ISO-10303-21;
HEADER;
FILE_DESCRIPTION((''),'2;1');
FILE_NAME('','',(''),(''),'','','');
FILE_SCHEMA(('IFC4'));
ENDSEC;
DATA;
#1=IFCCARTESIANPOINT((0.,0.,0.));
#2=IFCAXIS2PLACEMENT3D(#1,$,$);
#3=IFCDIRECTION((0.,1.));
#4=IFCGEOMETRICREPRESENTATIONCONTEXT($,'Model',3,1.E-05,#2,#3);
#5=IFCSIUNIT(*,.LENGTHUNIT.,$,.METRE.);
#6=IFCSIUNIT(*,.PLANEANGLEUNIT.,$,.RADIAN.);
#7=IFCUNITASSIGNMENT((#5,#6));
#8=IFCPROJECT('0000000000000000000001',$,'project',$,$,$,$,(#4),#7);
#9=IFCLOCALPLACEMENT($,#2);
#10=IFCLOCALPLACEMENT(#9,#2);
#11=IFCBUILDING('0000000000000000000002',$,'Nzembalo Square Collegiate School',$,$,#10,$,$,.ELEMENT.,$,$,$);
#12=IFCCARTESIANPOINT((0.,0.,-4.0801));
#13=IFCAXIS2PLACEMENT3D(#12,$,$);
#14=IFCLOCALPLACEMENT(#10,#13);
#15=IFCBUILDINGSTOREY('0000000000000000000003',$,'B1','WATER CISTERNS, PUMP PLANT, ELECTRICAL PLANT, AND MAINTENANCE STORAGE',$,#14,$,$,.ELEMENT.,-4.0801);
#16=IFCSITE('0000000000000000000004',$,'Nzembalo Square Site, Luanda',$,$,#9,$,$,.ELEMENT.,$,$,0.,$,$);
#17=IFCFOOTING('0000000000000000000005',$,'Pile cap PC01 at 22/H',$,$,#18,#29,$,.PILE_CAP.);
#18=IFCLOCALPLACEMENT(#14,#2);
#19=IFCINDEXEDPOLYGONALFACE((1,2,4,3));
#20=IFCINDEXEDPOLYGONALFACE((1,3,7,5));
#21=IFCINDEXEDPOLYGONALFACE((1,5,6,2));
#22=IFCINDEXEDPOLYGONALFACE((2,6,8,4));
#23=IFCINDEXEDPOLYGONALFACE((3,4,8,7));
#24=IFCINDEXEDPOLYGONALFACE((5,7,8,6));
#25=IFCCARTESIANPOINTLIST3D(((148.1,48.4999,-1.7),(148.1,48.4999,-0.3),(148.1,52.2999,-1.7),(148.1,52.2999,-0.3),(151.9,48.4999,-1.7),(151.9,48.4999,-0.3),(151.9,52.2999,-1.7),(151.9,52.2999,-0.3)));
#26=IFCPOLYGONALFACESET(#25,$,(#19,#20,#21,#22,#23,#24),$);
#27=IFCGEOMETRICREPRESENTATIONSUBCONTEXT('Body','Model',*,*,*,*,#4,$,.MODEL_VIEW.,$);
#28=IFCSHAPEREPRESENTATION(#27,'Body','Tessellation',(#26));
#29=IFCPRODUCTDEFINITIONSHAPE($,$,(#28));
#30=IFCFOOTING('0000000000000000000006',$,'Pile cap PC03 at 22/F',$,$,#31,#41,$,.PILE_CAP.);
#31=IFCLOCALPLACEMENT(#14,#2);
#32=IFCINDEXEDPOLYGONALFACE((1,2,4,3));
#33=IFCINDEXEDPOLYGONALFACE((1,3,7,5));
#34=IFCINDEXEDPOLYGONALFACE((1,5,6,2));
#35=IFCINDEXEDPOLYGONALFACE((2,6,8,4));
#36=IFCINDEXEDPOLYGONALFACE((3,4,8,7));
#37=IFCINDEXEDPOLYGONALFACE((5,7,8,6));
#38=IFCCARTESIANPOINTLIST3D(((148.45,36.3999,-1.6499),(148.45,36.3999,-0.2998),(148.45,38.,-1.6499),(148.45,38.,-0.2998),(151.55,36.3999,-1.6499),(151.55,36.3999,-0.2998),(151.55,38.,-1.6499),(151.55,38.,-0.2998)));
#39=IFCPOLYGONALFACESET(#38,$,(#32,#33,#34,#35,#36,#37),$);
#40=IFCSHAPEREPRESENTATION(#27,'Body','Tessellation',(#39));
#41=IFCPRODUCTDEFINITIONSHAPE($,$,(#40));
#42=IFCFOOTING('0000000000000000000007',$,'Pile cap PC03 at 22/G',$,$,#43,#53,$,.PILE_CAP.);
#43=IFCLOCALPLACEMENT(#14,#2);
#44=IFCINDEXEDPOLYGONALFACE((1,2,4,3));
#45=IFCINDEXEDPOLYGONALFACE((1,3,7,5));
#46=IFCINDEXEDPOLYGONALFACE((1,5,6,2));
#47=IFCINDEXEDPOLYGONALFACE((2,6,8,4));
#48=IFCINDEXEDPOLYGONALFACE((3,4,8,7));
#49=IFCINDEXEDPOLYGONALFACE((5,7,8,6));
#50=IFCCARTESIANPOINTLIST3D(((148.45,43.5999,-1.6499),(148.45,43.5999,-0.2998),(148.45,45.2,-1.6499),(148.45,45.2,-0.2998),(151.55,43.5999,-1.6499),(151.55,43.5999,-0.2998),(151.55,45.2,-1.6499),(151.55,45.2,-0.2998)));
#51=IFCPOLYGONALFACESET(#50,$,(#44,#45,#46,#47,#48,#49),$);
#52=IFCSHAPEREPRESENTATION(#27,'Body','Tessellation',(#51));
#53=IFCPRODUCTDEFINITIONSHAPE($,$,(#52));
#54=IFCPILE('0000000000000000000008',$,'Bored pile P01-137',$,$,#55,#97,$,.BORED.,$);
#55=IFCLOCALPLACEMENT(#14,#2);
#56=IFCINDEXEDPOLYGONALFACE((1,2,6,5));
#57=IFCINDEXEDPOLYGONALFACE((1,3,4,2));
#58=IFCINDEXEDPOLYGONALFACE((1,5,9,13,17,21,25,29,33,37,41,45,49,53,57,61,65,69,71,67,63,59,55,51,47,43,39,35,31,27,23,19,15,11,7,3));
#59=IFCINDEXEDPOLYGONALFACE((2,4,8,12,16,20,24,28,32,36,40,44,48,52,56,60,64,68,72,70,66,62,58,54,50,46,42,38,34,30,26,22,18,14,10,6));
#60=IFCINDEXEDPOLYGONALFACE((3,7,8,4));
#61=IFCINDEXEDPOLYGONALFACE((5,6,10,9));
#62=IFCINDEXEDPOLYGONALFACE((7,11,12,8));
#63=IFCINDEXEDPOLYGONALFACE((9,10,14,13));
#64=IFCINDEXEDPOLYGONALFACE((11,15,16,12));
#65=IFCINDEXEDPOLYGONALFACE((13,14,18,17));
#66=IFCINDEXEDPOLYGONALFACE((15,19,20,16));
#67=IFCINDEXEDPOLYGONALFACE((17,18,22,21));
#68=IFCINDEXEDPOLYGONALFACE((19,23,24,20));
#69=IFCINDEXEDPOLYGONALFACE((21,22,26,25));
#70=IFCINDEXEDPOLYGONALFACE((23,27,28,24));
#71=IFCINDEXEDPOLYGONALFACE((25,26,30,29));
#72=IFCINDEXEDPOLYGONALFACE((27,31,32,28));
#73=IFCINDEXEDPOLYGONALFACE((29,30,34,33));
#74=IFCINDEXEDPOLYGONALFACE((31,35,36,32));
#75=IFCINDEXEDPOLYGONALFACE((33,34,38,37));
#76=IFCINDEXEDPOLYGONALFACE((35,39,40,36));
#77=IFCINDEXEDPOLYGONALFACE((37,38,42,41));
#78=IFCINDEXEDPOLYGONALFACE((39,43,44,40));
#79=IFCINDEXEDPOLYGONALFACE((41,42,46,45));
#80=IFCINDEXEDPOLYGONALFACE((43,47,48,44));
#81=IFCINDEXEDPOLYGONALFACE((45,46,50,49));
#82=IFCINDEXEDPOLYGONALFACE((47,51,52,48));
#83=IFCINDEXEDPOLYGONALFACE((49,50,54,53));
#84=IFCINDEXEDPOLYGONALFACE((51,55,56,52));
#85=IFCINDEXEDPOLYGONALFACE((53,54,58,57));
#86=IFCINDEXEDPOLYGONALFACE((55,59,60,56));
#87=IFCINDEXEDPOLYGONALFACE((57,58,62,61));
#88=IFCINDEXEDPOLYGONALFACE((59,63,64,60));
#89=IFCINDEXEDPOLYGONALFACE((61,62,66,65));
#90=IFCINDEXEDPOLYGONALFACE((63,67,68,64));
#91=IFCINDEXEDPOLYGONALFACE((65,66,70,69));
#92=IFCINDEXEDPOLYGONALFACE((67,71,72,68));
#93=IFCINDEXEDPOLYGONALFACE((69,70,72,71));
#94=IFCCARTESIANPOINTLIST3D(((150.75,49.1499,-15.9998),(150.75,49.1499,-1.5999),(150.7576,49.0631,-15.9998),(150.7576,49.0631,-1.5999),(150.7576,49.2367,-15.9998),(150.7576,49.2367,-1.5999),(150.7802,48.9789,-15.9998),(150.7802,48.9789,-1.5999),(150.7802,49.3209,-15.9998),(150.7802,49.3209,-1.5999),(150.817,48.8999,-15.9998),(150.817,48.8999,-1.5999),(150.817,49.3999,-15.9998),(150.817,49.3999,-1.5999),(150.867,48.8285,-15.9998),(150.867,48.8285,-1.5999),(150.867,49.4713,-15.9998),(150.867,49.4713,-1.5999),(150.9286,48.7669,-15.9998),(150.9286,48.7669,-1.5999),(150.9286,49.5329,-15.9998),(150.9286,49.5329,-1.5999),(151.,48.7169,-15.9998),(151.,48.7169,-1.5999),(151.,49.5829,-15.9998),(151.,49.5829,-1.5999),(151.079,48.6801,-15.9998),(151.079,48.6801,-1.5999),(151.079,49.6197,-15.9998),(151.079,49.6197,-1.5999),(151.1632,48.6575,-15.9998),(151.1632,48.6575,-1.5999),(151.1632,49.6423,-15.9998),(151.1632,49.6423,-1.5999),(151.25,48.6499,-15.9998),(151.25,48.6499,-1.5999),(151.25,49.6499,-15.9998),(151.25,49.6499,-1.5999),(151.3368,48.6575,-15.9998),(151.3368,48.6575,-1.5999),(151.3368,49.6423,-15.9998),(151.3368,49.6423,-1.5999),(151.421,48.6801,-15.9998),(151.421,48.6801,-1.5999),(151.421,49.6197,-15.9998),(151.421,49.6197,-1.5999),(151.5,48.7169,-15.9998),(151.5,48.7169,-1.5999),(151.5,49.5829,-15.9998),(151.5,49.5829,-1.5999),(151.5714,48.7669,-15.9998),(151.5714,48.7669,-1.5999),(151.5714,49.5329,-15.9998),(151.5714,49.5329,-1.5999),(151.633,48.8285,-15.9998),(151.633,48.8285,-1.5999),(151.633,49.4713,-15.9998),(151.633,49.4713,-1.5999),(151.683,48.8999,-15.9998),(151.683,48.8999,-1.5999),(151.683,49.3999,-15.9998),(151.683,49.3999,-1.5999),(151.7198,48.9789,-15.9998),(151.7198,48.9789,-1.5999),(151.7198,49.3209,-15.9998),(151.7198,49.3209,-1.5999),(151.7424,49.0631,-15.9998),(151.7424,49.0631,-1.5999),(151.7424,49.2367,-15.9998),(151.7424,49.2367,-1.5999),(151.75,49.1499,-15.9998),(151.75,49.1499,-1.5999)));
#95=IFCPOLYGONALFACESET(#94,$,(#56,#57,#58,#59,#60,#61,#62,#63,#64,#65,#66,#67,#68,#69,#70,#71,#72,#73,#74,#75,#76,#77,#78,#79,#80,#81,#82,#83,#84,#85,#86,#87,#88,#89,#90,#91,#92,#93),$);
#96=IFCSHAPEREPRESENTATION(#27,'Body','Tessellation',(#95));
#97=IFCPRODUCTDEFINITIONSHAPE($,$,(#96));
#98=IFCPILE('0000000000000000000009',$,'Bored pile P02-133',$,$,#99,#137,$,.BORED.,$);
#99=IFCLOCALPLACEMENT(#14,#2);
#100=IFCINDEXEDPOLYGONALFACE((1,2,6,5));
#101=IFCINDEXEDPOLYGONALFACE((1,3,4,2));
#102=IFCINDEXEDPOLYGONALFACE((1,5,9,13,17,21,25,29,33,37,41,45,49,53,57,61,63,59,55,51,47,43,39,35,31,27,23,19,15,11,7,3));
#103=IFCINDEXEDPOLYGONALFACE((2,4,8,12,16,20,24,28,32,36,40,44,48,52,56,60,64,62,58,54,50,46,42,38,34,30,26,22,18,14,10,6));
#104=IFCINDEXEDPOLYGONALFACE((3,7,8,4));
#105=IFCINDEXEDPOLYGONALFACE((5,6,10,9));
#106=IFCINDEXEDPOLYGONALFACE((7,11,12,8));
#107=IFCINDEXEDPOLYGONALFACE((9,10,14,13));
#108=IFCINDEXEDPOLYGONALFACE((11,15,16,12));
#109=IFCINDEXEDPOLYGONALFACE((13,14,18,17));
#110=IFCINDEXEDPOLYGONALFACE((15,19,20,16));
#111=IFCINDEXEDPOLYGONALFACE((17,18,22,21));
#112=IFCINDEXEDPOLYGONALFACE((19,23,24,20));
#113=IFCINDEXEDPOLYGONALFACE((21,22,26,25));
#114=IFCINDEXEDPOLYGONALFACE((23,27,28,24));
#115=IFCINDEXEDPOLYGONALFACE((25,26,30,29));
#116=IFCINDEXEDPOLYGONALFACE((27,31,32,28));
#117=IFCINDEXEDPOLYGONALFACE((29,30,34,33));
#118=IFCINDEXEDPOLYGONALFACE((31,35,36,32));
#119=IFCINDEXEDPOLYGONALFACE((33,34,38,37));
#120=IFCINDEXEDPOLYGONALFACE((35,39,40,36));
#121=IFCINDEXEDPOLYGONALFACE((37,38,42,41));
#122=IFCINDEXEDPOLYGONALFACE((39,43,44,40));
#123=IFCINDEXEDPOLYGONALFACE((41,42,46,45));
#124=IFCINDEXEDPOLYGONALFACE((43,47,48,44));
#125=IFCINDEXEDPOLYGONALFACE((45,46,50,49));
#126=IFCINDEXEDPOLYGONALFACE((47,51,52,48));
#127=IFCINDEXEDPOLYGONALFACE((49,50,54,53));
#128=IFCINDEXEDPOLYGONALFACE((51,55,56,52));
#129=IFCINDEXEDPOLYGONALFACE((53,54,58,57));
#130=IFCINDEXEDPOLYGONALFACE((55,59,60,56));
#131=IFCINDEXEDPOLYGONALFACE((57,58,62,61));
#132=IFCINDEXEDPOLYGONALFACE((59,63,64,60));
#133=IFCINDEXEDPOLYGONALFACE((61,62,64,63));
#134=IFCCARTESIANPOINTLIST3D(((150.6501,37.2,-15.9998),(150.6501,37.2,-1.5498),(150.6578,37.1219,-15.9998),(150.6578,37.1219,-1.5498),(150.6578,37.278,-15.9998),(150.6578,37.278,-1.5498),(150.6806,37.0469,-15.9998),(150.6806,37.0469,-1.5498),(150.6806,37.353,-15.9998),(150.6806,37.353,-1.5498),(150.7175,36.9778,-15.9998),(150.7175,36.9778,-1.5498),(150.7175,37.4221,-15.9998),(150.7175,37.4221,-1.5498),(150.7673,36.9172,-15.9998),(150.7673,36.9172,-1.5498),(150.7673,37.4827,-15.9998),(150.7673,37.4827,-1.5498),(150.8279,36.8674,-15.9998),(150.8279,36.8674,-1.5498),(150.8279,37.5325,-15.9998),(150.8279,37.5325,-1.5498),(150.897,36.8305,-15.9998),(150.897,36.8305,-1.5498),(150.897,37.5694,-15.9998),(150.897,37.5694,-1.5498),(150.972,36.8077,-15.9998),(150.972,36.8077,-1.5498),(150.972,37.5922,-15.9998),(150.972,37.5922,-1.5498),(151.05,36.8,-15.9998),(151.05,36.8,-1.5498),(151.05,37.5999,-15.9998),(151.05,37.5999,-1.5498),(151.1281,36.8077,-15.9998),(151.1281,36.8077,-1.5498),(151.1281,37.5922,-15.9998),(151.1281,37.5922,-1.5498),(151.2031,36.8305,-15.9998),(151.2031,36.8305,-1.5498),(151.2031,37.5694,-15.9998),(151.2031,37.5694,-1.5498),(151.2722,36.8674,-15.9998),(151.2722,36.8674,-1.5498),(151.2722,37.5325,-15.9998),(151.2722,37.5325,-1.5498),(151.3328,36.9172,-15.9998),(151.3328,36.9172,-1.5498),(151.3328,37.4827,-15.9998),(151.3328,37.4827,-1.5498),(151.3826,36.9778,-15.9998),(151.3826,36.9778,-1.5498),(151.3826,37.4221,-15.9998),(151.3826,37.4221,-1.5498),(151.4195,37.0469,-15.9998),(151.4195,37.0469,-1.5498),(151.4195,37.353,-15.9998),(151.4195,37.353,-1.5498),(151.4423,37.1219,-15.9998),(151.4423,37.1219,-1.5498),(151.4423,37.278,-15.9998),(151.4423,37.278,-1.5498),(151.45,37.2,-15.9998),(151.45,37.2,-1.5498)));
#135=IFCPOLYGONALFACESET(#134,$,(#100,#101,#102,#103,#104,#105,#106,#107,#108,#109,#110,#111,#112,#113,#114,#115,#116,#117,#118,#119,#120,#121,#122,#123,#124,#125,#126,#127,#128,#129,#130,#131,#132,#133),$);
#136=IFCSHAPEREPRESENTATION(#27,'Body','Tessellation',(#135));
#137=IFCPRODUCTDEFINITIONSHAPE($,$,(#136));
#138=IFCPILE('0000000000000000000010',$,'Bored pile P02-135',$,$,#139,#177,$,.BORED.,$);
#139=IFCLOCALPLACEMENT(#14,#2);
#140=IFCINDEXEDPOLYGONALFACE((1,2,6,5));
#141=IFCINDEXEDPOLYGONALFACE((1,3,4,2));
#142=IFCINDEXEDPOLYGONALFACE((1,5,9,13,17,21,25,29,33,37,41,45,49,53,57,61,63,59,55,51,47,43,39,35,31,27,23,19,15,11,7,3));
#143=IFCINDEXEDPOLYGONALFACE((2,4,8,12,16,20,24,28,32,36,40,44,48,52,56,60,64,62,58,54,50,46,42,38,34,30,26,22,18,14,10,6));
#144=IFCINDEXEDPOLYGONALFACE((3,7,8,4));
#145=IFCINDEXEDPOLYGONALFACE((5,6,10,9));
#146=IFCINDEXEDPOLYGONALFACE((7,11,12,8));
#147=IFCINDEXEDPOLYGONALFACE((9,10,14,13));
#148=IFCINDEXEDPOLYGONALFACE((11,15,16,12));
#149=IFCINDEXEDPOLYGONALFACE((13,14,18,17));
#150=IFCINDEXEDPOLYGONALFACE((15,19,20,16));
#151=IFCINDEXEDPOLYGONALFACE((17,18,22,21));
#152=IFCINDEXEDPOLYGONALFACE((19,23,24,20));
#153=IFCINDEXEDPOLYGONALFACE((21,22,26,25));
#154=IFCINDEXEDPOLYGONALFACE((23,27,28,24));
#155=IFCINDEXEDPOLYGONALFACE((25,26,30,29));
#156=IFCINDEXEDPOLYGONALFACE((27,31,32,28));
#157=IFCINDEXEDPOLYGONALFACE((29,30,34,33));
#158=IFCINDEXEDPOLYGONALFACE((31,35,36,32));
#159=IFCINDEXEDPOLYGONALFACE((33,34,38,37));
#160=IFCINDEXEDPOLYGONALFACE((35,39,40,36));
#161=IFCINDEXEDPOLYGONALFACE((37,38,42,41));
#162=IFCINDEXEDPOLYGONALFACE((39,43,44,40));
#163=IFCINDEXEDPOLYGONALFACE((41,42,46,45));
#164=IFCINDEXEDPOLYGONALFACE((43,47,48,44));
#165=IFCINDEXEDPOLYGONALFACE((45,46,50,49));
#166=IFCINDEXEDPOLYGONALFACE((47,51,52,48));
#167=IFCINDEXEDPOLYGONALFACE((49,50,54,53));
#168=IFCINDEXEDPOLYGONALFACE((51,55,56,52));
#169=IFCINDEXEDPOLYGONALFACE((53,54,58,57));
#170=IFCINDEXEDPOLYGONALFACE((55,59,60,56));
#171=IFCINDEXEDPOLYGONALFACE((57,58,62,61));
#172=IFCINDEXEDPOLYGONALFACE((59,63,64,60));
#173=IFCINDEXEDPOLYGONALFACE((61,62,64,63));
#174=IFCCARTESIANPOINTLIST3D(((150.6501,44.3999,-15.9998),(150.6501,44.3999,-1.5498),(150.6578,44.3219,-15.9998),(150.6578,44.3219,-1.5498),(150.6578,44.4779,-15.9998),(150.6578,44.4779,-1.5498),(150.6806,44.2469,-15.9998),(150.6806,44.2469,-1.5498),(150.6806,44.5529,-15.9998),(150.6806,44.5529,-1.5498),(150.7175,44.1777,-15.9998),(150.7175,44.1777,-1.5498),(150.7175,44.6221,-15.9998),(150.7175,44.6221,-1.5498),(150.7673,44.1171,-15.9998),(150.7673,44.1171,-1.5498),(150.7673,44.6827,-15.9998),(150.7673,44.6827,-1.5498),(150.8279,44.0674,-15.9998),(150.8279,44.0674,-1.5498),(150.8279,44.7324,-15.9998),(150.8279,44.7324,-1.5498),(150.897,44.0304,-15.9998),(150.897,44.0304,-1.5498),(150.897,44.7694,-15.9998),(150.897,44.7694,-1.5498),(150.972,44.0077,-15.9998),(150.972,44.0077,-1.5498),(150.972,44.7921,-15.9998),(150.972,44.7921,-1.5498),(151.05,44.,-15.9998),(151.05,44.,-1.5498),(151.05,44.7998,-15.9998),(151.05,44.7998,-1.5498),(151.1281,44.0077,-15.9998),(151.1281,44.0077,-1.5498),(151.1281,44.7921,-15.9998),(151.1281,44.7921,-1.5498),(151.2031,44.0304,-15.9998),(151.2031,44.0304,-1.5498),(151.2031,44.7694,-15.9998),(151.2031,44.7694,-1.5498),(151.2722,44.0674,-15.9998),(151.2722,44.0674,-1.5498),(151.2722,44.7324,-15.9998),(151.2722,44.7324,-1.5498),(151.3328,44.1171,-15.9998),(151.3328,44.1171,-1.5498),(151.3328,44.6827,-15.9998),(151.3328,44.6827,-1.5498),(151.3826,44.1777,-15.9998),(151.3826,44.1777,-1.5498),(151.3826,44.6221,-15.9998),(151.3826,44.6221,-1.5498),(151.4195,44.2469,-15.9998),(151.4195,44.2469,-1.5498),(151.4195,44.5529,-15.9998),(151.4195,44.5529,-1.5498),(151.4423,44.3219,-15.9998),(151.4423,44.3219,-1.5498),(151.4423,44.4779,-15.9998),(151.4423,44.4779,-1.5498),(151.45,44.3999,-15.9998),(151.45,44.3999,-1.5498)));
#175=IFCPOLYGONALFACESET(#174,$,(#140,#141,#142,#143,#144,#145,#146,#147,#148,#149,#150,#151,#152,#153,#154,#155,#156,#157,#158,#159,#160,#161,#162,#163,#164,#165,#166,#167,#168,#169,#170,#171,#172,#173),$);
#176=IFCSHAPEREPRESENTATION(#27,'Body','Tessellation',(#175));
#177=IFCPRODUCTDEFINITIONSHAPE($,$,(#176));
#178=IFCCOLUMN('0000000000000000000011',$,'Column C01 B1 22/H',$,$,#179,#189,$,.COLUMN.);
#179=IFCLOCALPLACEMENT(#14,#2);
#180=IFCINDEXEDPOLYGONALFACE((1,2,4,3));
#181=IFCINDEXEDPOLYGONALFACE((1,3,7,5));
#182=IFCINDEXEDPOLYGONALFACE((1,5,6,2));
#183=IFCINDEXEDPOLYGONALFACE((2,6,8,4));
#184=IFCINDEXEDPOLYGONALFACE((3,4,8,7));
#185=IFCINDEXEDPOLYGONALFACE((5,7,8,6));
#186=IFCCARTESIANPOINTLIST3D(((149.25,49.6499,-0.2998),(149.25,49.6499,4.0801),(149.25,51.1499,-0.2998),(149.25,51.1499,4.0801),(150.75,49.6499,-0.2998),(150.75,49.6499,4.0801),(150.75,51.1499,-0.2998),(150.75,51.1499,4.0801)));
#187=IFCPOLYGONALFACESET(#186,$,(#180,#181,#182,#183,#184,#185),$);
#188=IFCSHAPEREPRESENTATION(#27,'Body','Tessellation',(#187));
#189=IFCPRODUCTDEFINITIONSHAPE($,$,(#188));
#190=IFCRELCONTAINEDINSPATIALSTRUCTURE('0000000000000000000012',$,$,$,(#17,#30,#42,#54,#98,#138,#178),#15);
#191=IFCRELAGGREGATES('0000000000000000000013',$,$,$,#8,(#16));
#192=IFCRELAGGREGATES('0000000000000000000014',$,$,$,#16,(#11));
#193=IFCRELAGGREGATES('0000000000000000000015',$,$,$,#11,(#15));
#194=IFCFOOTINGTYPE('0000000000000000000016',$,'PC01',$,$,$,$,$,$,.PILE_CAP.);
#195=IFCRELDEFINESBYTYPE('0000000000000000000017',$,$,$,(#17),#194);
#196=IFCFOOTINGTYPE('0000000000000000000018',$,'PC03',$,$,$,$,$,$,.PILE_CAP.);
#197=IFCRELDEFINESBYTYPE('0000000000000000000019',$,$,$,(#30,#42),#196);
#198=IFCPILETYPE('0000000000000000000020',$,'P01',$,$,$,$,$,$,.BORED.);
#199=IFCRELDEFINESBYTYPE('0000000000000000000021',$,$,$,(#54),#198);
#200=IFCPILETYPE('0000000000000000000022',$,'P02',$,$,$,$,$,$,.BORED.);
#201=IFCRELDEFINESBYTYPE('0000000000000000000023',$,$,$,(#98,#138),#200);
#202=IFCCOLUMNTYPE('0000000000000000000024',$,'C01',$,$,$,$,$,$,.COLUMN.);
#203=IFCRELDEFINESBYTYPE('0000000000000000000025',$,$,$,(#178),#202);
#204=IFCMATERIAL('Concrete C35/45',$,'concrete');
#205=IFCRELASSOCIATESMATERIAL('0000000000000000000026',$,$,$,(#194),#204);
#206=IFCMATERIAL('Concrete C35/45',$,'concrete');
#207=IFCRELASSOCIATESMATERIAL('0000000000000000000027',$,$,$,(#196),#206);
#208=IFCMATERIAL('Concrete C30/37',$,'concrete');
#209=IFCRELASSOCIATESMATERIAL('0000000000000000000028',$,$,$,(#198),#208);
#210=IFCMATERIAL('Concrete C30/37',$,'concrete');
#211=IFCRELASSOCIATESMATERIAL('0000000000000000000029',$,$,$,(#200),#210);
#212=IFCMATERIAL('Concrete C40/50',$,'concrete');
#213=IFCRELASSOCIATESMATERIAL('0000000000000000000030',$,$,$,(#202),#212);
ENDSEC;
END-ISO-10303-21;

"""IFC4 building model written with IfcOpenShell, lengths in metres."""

from ifc_helpers import new_model, si_unit, direction, frame, origin, origin_2d, place, context, subcontext, project, spatial, rectangle, circle, extrude, material, material_profile, profile_set, type_object, element, save


model = new_model("IFC4")

# Units and contexts
model_context = context("Model", 3, precision=1e-05, world=origin(), true_north=direction((0.0, 1.0)))
body_context = subcontext(model_context, "Body", "Model", "MODEL_VIEW")
ifc_project = project(units=[si_unit("LENGTHUNIT", "METRE"), si_unit("PLANEANGLEUNIT", "RADIAN")], contexts=[model_context])

# Site, building, storey
site_placement = place(None, origin())
site = spatial("IfcSite", under=ifc_project, at=site_placement, Name="Nzembalo Square Site, Luanda", CompositionType="ELEMENT", RefElevation=0.0)
building_placement = place(site_placement, origin())
building = spatial("IfcBuilding", under=site, at=building_placement, Name="Nzembalo Square Collegiate School", CompositionType="ELEMENT")
storey_placement = place(building_placement, frame((0.0, 0.0, -4.0801)))
storey = spatial("IfcBuildingStorey", under=building, at=storey_placement, Name="B1", Description="WATER CISTERNS, PUMP PLANT, ELECTRICAL PLANT, AND MAINTENANCE STORAGE", CompositionType="ELEMENT", Elevation=-4.0801)

# Footings
ifc_material_1 = material(Name="Concrete C35/45", Category="concrete")
footing_type_1 = type_object("IfcFootingType", Name="PC01", PredefinedType="PILE_CAP", material=ifc_material_1)
footing_placement = place(storey_placement, frame((150.0, 50.3999, -1.7), z_axis=(0.0, 0.0, 1.0), x_axis=(1.0, 0.0, 0.0)))
element("IfcFooting", 1, at=footing_placement, inside=storey, type_object=footing_type_1, Name="Pile cap PC01 at 22/H", PredefinedType="PILE_CAP", context=body_context, shape_type="SweptSolid", body=[
    extrude(rectangle(XDim=3.8, YDim=3.8, at=origin_2d()), origin(), (0.0, 0.0, 1.0), 1.3999),
])
ifc_material_2 = material(Name="Concrete C35/45", Category="concrete")
footing_type_2 = type_object("IfcFootingType", Name="PC03", PredefinedType="PILE_CAP", material=ifc_material_2)
for number, where, z_axis, x_axis, name in (
    (2, (150.0, 37.2, -1.6499), (0.0, 0.0, 1.0), (1.0, 0.0, 0.0), "Pile cap PC03 at 22/F"),
    (3, (150.0, 44.3999, -1.6499), (0.0, 0.0, 1.0), (1.0, 0.0, 0.0), "Pile cap PC03 at 22/G"),
):
    element("IfcFooting", number, at=place(storey_placement, frame(where, z_axis=z_axis, x_axis=x_axis)), inside=storey, type_object=footing_type_2, Name=name, PredefinedType="PILE_CAP", context=body_context, shape_type="SweptSolid", body=[
        extrude(rectangle(XDim=3.1001, YDim=1.6001, at=origin_2d()), origin(), (0.0, 0.0, 1.0), 1.3501),
    ])

# Piles
ifc_material_3 = material(Name="Concrete C30/37", Category="concrete")
ifc_material_profile_1 = material_profile(ifc_material_3, circle(Radius=0.5, at=origin_2d()), Name="PILE D1000")
ifc_profile_set_1 = profile_set([ifc_material_profile_1], Name="Concrete C30/37")
pile_type_1 = type_object("IfcPileType", Name="P01", PredefinedType="BORED", material=ifc_profile_set_1)
pile_placement = place(storey_placement, frame((151.25, 49.1499, -1.5999), z_axis=(0.0, 0.0, -1.0), x_axis=(1.0, 0.0, 0.0)))
element("IfcPile", 4, at=pile_placement, inside=storey, type_object=pile_type_1, Name="Bored pile P01-137", PredefinedType="BORED", context=body_context, shape_type="SweptSolid", body=[
    extrude(circle(Radius=0.5, at=origin_2d()), origin(), (0.0, 0.0, 1.0), 14.3999),
])
ifc_material_4 = material(Name="Concrete C30/37", Category="concrete")
ifc_material_profile_2 = material_profile(ifc_material_4, circle(Radius=0.3999, at=origin_2d()), Name="PILE D800")
ifc_profile_set_2 = profile_set([ifc_material_profile_2], Name="Concrete C30/37")
pile_type_2 = type_object("IfcPileType", Name="P02", PredefinedType="BORED", material=ifc_profile_set_2)
for number, where, z_axis, x_axis, name in (
    (5, (151.05, 37.2, -1.5498), (0.0, 0.0, -1.0), (1.0, 0.0, 0.0), "Bored pile P02-133"),
    (6, (151.05, 44.3999, -1.5498), (0.0, 0.0, -1.0), (1.0, 0.0, 0.0), "Bored pile P02-135"),
):
    element("IfcPile", number, at=place(storey_placement, frame(where, z_axis=z_axis, x_axis=x_axis)), inside=storey, type_object=pile_type_2, Name=name, PredefinedType="BORED", context=body_context, shape_type="SweptSolid", body=[
        extrude(circle(Radius=0.3999, at=origin_2d()), origin(), (0.0, 0.0, 1.0), 14.45),
    ])

# Column
ifc_material_5 = material(Name="Concrete C40/50", Category="concrete")
ifc_material_profile_3 = material_profile(ifc_material_5, rectangle(XDim=1.5, YDim=1.5, at=origin_2d()), Name="RC 1500x1500")
ifc_profile_set_3 = profile_set([ifc_material_profile_3], Name="Concrete C40/50")
column_type_1 = type_object("IfcColumnType", Name="C01", PredefinedType="COLUMN", material=ifc_profile_set_3)
column_placement = place(storey_placement, frame((150.0, 50.3999, -0.2998), z_axis=(0.0, 0.0, 1.0), x_axis=(1.0, 0.0, 0.0)))
element("IfcColumn", 7, at=column_placement, inside=storey, type_object=column_type_1, Name="Column C01 B1 22/H", PredefinedType="COLUMN", context=body_context, shape_type="SweptSolid", body=[
    extrude(rectangle(XDim=1.5, YDim=1.5, at=origin_2d()), origin(), (0.0, 0.0, 1.0), 4.3799),
])

save(model, "model.ifc")
